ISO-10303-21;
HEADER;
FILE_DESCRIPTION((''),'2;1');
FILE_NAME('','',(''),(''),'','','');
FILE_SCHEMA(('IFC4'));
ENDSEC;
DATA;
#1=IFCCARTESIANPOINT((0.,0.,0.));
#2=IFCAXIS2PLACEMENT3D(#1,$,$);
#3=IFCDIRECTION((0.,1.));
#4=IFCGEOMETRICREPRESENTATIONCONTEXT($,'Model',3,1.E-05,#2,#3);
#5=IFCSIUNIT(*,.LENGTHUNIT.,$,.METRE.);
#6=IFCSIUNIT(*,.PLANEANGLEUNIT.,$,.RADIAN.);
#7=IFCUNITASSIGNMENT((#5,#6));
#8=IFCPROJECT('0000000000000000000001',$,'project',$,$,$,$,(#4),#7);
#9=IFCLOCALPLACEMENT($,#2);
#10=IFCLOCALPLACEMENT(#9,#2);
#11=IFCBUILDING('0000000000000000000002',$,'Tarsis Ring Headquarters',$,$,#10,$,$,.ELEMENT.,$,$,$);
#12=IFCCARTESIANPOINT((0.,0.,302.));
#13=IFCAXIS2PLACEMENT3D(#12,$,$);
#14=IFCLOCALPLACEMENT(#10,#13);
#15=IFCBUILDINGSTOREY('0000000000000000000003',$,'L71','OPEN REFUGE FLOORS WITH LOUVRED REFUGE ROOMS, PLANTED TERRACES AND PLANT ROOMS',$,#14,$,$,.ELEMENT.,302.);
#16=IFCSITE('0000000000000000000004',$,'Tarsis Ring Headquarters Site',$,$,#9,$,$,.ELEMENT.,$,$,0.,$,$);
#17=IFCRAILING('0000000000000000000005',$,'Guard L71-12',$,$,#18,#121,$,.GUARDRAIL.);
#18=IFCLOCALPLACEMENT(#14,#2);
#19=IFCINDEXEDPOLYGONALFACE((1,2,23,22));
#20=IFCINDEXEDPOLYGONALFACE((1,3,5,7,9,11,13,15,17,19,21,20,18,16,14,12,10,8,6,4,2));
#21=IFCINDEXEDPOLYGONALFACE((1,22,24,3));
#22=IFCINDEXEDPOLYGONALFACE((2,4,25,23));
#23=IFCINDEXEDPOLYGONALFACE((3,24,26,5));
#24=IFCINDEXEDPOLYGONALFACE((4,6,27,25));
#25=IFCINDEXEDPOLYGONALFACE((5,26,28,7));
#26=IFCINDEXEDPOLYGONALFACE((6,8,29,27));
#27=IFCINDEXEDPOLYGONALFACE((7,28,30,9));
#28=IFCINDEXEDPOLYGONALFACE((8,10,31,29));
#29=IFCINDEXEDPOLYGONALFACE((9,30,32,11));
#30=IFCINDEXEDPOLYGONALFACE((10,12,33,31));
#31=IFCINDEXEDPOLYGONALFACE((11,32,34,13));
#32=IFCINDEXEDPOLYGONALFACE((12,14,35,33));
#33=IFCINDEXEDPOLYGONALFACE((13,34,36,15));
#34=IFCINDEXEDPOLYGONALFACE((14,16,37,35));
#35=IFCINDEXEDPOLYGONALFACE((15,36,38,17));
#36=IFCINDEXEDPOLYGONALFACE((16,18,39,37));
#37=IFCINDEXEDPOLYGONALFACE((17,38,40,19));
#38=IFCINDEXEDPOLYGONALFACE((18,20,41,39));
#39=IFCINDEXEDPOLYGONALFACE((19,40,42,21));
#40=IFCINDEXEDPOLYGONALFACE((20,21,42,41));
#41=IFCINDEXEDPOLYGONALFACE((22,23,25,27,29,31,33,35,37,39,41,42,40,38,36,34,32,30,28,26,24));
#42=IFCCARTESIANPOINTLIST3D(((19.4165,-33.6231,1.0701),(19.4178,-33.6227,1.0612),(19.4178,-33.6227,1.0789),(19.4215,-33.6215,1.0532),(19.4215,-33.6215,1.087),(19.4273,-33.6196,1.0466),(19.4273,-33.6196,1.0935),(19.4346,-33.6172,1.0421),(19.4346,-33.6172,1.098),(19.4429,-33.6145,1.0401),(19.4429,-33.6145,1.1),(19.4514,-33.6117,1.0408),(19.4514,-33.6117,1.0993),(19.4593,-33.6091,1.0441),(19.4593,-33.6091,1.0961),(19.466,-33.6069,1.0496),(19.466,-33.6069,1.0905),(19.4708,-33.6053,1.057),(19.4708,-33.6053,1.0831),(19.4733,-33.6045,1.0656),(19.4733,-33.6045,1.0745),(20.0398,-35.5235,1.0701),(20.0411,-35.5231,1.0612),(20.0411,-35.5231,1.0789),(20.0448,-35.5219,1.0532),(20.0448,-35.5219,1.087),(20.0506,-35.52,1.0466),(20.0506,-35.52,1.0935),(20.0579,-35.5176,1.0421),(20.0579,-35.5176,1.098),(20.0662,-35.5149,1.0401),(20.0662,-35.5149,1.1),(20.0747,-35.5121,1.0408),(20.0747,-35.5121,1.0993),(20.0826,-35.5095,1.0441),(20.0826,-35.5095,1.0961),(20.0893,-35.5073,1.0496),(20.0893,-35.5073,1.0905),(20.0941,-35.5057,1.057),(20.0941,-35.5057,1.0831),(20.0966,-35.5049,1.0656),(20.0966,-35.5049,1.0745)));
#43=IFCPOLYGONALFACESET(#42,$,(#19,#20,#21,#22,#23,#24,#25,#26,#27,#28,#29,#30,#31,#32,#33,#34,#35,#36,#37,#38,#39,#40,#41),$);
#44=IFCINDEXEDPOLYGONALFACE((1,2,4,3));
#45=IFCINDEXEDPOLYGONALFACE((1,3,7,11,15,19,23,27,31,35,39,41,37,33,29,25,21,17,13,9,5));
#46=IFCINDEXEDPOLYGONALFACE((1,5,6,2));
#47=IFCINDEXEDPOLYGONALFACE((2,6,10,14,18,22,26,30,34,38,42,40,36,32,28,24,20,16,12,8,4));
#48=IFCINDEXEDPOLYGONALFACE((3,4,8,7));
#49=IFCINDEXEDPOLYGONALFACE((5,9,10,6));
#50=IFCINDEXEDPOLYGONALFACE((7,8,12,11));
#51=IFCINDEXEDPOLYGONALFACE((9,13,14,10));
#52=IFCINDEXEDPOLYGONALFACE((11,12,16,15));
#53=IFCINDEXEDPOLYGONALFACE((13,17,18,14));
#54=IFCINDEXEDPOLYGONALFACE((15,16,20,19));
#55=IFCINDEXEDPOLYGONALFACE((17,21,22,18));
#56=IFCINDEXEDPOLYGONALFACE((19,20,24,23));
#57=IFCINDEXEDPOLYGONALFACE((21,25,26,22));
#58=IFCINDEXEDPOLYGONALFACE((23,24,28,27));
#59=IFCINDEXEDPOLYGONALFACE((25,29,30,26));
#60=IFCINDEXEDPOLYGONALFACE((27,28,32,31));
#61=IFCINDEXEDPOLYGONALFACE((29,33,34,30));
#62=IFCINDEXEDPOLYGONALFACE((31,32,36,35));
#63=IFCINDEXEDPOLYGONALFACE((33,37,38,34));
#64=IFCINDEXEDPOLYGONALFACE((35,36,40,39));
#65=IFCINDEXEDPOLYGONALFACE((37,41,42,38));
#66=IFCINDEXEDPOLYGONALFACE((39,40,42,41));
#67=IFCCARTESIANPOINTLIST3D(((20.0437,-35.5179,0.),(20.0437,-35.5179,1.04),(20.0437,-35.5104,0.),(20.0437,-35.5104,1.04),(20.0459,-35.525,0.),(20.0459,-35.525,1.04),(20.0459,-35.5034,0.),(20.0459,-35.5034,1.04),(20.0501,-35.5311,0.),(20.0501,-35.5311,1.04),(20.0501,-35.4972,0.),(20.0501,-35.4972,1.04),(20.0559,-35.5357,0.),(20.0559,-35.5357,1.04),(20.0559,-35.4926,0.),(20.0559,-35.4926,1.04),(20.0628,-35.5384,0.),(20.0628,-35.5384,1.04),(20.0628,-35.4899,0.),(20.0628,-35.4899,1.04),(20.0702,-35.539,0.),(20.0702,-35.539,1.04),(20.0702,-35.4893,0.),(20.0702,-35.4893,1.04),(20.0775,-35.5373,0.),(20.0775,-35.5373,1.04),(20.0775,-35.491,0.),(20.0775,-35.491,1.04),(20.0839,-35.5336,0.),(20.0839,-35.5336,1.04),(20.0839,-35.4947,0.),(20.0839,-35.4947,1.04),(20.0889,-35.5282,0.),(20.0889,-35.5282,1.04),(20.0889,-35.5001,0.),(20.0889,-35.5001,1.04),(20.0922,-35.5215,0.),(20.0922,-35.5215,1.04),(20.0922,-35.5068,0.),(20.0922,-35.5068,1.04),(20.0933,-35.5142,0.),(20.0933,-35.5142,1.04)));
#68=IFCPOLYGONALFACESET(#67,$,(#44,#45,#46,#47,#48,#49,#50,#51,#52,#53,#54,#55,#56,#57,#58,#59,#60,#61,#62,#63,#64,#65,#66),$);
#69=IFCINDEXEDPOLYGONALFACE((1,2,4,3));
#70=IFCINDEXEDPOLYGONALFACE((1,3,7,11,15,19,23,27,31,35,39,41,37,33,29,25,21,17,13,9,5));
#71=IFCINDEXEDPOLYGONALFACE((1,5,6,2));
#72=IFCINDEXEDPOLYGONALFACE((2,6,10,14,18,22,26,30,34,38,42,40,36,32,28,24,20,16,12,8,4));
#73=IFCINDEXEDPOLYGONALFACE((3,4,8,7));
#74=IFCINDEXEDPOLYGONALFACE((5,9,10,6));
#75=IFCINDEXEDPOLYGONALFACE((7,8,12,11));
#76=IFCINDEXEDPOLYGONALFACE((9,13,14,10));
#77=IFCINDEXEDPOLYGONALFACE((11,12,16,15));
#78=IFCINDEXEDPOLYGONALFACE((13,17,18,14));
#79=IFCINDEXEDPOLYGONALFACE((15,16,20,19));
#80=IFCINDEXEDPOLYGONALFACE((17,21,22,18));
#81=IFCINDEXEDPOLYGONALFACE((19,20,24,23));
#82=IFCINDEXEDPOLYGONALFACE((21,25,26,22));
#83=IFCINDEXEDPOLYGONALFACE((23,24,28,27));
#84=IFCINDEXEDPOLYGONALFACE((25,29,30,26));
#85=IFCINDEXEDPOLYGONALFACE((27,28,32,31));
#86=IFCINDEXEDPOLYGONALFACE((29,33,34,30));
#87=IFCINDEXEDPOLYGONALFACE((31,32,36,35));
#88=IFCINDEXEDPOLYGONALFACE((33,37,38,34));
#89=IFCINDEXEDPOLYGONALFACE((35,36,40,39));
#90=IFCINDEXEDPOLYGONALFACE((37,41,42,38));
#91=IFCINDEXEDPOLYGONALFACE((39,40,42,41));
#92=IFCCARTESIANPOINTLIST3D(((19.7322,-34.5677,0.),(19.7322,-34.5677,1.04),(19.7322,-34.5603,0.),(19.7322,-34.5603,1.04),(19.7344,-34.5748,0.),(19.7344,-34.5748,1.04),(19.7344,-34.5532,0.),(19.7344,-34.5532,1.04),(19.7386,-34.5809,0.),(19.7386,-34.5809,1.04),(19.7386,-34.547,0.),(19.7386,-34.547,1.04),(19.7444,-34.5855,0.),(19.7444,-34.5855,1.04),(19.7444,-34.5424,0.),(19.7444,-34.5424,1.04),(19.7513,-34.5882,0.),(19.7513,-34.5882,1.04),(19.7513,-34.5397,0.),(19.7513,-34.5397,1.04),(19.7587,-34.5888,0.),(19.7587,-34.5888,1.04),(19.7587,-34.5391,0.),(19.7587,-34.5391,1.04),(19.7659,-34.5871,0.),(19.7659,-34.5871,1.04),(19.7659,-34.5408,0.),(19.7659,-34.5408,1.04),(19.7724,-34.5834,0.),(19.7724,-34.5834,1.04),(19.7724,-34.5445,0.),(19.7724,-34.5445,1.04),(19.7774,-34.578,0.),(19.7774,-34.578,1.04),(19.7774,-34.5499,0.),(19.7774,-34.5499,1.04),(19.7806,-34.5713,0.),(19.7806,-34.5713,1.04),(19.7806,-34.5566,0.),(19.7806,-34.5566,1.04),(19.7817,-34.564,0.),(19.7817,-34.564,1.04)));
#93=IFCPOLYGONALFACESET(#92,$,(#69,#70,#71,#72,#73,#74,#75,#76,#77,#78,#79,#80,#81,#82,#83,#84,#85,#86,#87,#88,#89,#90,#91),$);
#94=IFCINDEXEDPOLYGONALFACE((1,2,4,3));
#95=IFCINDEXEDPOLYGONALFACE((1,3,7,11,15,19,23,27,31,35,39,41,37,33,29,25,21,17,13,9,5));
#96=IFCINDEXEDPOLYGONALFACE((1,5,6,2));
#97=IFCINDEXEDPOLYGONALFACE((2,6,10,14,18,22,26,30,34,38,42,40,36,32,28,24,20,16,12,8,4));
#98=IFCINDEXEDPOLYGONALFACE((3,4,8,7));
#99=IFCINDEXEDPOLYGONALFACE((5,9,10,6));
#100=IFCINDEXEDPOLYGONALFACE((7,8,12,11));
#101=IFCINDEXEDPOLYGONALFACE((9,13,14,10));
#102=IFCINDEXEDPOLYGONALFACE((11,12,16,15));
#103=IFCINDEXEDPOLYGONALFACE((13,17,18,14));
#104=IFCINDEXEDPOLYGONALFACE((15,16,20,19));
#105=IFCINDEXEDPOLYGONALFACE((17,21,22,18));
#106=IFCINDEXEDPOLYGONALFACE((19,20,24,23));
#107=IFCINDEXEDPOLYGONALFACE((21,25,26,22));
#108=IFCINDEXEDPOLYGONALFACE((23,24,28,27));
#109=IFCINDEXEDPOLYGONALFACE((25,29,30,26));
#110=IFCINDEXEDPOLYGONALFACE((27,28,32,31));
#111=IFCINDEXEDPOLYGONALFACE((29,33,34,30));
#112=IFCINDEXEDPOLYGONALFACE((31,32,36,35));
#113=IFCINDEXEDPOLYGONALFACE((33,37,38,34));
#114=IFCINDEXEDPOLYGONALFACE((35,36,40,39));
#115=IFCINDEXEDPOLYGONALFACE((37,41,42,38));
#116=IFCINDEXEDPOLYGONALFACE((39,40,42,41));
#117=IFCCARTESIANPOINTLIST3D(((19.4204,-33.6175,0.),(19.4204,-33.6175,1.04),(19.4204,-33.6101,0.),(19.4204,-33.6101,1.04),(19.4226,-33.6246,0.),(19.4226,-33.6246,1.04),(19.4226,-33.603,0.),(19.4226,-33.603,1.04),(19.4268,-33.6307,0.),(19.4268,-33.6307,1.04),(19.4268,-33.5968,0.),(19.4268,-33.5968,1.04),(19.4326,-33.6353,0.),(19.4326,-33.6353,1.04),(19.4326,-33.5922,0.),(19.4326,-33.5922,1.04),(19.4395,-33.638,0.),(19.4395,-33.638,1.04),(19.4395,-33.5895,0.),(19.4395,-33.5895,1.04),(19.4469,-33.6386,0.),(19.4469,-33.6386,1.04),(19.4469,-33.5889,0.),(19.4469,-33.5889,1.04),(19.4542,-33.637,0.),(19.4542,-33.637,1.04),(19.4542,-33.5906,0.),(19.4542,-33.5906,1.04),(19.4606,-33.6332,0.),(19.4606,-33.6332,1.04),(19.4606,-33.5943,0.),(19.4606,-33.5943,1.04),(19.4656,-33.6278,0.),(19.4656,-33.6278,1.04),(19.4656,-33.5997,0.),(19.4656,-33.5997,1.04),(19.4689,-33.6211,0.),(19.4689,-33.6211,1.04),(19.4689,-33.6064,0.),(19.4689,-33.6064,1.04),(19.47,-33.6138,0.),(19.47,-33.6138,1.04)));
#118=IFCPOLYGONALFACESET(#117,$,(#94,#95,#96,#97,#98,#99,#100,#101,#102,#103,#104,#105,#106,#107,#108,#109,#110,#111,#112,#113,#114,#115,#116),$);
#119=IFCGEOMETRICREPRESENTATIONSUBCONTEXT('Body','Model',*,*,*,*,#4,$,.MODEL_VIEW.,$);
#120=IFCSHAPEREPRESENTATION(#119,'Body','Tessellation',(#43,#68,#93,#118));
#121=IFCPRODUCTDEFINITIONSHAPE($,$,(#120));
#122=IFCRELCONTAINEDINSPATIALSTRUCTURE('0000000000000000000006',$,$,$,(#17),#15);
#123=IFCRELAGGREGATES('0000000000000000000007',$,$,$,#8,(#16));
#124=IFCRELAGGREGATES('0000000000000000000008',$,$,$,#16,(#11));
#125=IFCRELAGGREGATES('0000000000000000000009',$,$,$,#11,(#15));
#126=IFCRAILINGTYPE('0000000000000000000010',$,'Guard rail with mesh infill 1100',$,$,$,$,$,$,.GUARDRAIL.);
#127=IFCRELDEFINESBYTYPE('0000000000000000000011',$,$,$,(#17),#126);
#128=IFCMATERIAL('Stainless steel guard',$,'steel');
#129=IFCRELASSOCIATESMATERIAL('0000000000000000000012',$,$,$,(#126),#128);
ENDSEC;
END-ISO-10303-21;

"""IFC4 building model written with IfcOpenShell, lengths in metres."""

from ifc_helpers import new_model, si_unit, direction, frame, origin, origin_2d, place, context, subcontext, project, spatial, circle, extrude, material, type_object, element, save


model = new_model("IFC4")

# Units and contexts
model_context = context("Model", 3, precision=1e-05, world=origin(), true_north=direction((0.0, 1.0)))
body_context = subcontext(model_context, "Body", "Model", "MODEL_VIEW")
ifc_project = project(units=[si_unit("LENGTHUNIT", "METRE"), si_unit("PLANEANGLEUNIT", "RADIAN")], contexts=[model_context])

# Site, building, storey
site_placement = place(None, origin())
site = spatial("IfcSite", under=ifc_project, at=site_placement, Name="Tarsis Ring Headquarters Site", CompositionType="ELEMENT", RefElevation=0.0)
building_placement = place(site_placement, origin())
building = spatial("IfcBuilding", under=site, at=building_placement, Name="Tarsis Ring Headquarters", CompositionType="ELEMENT")
storey_placement = place(building_placement, frame((0.0, 0.0, 302.0)))
storey = spatial("IfcBuildingStorey", under=building, at=storey_placement, Name="L71", Description="OPEN REFUGE FLOORS WITH LOUVRED REFUGE ROOMS, PLANTED TERRACES AND PLANT ROOMS", CompositionType="ELEMENT", Elevation=302.0)

# Railing
ifc_material_1 = material(Name="Stainless steel guard", Category="steel")
railing_type_1 = type_object("IfcRailingType", Name="Guard rail with mesh infill 1100", PredefinedType="GUARDRAIL", material=ifc_material_1)
railing_1_placement = place(storey_placement, frame((20.0684, -35.5142, 0.0)))
element("IfcRailing", 1, at=railing_1_placement, inside=storey, type_object=railing_type_1, Name="Guard L71-12", PredefinedType="GUARDRAIL", context=body_context, shape_type="SweptSolid", body=[
    extrude(circle(Radius=0.03, at=origin_2d()), frame((0.0, 0.0, 1.0701), z_axis=(-0.311646, 0.950198, 0.0), x_axis=(-0.950198, -0.311646, 0.0)), (0.0, 0.0, 1.0), 2.0),
    extrude(circle(Radius=0.0249, at=origin_2d()), origin(), (0.0, 0.0, 1.0), 1.04),
    extrude(circle(Radius=0.0249, at=origin_2d()), frame((-0.3115, 0.9502, 0.0)), (0.0, 0.0, 1.0), 1.04),
    extrude(circle(Radius=0.0249, at=origin_2d()), frame((-0.6233, 1.9004, 0.0)), (0.0, 0.0, 1.0), 1.04),
])

save(model, "model.ifc")
